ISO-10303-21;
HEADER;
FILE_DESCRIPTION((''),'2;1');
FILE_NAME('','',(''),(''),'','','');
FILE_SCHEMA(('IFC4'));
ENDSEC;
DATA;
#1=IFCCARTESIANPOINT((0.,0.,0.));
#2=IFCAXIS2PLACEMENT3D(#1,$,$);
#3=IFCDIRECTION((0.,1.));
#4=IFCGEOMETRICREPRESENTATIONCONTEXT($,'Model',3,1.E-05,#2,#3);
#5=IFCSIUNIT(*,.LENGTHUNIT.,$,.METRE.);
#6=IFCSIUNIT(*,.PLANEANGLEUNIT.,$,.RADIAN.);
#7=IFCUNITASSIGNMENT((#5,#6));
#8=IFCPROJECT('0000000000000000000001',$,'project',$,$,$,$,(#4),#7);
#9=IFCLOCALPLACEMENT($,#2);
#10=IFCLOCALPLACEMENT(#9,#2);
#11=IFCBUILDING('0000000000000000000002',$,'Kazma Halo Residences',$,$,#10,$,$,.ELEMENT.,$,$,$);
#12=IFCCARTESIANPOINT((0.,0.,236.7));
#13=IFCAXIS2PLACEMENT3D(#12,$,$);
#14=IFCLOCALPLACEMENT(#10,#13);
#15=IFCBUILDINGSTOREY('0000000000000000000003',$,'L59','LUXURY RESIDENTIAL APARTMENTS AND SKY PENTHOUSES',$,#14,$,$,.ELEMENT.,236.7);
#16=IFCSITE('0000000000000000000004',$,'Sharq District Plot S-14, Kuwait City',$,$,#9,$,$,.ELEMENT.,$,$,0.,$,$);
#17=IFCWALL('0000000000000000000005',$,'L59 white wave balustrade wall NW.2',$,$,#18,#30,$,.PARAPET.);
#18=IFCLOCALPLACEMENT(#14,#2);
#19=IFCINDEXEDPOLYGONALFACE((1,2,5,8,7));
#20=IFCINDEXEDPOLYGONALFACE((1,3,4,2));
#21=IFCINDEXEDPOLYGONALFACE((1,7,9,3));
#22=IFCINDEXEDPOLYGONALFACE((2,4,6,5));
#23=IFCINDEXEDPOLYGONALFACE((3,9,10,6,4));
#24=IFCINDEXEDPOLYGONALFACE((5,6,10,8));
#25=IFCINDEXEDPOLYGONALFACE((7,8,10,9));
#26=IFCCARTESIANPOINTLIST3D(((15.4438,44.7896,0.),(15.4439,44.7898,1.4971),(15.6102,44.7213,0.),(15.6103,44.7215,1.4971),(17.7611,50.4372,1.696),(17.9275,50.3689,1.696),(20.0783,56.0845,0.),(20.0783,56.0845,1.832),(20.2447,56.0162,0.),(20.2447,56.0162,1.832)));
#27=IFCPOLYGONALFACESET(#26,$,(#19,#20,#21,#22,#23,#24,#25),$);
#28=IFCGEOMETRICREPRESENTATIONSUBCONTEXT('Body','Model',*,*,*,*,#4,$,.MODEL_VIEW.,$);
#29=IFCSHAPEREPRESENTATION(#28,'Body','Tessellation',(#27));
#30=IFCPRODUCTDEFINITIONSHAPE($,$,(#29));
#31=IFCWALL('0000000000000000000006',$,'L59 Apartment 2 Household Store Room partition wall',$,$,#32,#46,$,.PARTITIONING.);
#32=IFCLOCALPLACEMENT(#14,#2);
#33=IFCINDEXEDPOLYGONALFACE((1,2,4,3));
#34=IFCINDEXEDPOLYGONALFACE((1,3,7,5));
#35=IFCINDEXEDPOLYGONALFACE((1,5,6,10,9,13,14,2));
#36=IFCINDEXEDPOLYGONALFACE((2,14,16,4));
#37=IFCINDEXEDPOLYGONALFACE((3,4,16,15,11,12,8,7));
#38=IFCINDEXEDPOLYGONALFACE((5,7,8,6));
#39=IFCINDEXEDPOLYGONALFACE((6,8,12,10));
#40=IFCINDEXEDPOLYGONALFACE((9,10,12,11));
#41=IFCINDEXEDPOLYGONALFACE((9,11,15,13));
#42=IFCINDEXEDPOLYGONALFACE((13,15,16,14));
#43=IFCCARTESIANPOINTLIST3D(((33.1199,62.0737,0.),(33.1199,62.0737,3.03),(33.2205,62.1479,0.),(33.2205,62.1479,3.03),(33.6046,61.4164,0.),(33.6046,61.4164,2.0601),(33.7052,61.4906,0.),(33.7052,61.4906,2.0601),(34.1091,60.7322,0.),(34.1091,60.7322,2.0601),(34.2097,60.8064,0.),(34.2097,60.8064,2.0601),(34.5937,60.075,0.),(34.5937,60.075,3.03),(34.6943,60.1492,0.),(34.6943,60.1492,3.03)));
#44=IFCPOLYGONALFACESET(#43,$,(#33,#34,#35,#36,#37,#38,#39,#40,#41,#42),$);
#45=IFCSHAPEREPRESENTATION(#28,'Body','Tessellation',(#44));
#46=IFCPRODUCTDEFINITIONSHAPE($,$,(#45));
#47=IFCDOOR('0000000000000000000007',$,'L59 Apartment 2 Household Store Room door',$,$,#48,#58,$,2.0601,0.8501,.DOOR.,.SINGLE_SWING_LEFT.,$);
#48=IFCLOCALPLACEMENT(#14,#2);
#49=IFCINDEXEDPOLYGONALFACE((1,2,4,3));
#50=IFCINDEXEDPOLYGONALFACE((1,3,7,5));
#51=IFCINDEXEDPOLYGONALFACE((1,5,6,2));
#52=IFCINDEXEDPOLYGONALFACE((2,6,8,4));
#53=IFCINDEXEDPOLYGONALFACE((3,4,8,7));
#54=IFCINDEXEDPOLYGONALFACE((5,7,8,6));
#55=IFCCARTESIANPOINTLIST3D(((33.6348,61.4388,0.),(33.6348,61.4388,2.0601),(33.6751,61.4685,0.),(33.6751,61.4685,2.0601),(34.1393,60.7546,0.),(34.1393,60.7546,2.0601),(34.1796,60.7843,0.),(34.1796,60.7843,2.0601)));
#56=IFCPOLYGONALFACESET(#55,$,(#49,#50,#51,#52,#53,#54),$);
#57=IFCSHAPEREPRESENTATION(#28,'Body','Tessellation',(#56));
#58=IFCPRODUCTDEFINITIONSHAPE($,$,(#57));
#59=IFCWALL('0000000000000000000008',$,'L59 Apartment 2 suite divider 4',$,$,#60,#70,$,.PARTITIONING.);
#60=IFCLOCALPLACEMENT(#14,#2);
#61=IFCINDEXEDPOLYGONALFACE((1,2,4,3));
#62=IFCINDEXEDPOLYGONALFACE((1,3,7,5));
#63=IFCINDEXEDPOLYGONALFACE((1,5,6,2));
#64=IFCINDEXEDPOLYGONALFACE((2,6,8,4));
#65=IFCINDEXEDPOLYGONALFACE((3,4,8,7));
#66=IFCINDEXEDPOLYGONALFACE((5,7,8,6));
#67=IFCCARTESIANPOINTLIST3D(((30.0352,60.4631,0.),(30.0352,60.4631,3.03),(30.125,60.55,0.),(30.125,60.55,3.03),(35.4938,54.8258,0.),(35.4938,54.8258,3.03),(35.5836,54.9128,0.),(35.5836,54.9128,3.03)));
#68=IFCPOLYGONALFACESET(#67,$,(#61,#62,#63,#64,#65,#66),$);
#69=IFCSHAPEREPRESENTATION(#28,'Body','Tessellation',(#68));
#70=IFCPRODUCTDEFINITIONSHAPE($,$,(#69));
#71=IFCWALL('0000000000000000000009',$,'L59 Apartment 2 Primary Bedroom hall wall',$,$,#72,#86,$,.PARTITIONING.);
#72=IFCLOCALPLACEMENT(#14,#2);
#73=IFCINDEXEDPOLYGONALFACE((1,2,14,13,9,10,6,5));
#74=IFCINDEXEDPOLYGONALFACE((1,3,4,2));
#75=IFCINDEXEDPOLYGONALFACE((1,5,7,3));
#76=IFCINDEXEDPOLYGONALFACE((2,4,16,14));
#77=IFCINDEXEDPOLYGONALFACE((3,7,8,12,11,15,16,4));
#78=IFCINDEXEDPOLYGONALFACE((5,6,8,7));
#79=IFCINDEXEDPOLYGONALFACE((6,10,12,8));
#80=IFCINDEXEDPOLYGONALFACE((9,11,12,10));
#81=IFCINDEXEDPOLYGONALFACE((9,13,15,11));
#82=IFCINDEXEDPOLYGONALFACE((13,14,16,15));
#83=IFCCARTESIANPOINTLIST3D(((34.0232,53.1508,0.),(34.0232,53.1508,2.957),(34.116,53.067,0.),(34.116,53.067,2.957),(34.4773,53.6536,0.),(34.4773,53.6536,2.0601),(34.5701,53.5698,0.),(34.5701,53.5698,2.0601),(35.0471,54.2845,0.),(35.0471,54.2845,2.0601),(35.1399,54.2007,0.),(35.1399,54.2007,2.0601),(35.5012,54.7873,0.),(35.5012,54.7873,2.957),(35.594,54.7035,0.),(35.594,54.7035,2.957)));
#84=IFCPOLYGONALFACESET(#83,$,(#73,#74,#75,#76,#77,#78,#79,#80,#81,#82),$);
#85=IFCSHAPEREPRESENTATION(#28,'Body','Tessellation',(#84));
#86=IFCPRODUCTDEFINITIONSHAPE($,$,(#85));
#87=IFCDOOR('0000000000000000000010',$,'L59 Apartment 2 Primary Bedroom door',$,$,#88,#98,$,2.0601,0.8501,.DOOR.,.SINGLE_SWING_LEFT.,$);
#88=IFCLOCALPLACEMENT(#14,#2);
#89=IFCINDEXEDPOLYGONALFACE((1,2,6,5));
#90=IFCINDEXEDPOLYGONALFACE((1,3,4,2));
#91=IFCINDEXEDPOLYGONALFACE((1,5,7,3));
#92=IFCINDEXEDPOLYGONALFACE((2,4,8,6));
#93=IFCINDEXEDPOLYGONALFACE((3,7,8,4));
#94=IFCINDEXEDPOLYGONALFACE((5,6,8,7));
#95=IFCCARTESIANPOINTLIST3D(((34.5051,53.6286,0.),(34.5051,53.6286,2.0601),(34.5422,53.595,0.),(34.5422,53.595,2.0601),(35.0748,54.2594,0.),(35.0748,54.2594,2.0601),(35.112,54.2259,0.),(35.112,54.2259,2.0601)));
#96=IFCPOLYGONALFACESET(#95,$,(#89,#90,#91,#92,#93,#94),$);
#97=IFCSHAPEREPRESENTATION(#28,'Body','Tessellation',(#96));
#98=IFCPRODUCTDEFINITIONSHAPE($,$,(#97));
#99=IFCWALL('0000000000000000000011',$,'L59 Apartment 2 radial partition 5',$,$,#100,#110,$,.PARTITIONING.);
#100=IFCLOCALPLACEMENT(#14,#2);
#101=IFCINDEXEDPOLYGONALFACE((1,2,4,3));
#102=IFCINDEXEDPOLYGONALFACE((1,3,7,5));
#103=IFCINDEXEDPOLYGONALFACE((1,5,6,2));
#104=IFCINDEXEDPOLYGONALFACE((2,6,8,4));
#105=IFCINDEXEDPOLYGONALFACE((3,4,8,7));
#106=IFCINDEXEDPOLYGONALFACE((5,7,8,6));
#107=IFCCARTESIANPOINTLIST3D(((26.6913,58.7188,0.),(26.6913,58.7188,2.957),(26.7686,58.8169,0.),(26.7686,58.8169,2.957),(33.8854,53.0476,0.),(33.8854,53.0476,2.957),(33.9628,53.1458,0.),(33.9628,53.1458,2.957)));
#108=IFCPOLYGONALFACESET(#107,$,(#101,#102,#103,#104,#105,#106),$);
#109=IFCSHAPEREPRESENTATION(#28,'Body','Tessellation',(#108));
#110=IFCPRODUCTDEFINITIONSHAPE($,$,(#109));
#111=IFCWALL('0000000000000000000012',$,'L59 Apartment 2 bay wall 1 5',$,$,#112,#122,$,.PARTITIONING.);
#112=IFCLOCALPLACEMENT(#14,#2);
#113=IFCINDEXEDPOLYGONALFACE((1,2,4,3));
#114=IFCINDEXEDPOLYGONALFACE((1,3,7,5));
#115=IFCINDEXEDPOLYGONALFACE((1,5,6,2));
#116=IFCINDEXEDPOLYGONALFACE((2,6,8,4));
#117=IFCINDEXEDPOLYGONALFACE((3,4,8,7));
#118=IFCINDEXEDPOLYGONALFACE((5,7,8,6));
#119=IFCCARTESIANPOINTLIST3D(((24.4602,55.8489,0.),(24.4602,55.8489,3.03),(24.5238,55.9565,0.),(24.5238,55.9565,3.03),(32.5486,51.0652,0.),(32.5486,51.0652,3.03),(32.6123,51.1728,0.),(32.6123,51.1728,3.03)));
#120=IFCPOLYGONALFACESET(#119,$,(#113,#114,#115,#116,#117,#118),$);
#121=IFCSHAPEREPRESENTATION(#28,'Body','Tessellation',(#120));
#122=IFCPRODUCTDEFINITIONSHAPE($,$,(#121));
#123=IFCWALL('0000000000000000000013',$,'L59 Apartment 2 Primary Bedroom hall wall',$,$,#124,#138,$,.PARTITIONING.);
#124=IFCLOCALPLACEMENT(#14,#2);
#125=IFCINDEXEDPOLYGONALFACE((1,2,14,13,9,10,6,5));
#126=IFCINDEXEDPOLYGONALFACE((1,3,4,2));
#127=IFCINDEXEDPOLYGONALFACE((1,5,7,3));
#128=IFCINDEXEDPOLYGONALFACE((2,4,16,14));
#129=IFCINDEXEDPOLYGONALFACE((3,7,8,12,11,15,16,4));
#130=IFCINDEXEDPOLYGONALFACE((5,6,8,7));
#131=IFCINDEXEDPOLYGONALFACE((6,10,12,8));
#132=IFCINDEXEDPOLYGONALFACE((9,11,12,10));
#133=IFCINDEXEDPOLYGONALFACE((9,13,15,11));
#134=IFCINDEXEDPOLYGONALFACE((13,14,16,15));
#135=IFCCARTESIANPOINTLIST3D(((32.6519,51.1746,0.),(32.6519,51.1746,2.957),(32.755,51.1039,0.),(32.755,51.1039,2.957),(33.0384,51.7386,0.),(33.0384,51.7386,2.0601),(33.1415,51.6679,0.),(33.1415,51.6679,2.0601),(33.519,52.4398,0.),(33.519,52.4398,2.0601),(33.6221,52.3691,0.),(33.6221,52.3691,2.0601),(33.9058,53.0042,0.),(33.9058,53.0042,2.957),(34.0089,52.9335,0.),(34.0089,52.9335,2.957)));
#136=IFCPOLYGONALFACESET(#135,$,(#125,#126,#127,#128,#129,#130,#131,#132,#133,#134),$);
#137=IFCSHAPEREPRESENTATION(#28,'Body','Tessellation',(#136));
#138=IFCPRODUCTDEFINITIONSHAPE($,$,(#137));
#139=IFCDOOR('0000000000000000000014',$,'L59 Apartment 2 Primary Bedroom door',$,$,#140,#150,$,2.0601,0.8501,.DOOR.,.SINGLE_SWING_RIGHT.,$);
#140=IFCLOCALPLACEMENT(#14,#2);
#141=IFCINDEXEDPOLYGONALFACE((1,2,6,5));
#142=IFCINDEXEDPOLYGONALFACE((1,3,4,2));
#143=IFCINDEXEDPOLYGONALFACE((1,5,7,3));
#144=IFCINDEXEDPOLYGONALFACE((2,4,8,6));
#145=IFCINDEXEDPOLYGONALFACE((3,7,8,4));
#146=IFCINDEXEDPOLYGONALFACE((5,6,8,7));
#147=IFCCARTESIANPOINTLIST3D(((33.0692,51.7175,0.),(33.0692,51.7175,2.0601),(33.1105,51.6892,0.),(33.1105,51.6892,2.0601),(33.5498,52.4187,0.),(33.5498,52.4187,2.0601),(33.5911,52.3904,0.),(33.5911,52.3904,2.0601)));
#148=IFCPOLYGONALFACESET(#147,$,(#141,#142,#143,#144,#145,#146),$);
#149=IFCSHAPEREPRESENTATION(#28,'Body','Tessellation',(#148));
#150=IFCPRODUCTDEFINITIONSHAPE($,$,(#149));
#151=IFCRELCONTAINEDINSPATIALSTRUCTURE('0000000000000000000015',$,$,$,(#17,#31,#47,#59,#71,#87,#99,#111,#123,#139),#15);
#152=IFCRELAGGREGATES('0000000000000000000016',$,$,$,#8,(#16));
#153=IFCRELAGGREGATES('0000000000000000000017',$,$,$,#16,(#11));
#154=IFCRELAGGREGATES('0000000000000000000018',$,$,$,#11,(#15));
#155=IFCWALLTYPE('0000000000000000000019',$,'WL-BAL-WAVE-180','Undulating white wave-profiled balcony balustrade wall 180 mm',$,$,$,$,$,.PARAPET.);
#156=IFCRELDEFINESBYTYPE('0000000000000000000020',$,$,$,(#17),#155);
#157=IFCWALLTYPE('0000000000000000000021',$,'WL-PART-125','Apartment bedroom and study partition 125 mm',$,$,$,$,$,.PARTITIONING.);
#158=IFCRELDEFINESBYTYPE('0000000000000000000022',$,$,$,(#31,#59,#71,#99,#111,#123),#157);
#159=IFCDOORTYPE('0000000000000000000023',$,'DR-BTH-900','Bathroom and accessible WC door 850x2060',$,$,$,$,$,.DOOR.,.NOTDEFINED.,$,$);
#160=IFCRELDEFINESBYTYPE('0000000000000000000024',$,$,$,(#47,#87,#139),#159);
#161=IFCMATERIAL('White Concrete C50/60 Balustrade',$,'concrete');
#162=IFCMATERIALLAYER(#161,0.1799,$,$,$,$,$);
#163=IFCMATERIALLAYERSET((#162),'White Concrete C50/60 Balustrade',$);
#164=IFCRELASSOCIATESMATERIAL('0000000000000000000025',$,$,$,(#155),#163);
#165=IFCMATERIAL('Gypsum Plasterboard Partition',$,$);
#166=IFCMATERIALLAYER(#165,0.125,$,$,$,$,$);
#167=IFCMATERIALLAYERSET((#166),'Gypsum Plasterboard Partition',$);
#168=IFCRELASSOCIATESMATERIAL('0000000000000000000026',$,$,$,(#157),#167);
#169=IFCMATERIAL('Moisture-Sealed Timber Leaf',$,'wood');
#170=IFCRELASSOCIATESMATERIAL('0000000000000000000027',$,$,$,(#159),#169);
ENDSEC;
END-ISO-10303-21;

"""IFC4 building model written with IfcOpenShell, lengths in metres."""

from ifc_helpers import new_model, si_unit, direction, frame, frame_2d, origin, place, context, subcontext, project, spatial, polyline, rectangle, outline, extrude, material, layer, layer_set, type_object, element, fill, save


model = new_model("IFC4")

# Units and contexts
model_context = context("Model", 3, precision=1e-05, world=origin(), true_north=direction((0.0, 1.0)))
body_context = subcontext(model_context, "Body", "Model", "MODEL_VIEW")
ifc_project = project(units=[si_unit("LENGTHUNIT", "METRE"), si_unit("PLANEANGLEUNIT", "RADIAN")], contexts=[model_context])

# Site, building, storey
site_placement = place(None, origin())
site = spatial("IfcSite", under=ifc_project, at=site_placement, Name="Sharq District Plot S-14, Kuwait City", CompositionType="ELEMENT", RefElevation=0.0)
building_placement = place(site_placement, origin())
building = spatial("IfcBuilding", under=site, at=building_placement, Name="Kazma Halo Residences", CompositionType="ELEMENT")
storey_placement = place(building_placement, frame((0.0, 0.0, 236.7)))
storey = spatial("IfcBuildingStorey", under=building, at=storey_placement, Name="L59", Description="LUXURY RESIDENTIAL APARTMENTS AND SKY PENTHOUSES", CompositionType="ELEMENT", Elevation=236.7)

# Wall
ifc_material_1 = material(Name="White Concrete C50/60 Balustrade", Category="concrete")
ifc_layer_1 = layer(ifc_material_1, 0.1799)
ifc_layer_set_1 = layer_set([ifc_layer_1], Name="White Concrete C50/60 Balustrade")
wall_type_1 = type_object("IfcWallType", Name="WL-BAL-WAVE-180", Description="Undulating white wave-profiled balcony balustrade wall 180 mm", PredefinedType="PARAPET", material=ifc_layer_set_1)
wall_1_placement = place(storey_placement, frame((20.1616, 56.0503, 0.0), z_axis=(0.0, 0.0, 1.0), x_axis=(-0.379606, -0.925148, 0.0)))
element("IfcWall", 1, at=wall_1_placement, inside=storey, type_object=wall_type_1, Name="L59 white wave balustrade wall NW.2", PredefinedType="PARAPET", context=body_context, shape_type="SweptSolid", body=[
    extrude(outline(polyline([(0.0, 0.0), (12.2087, 0.0), (12.2085, 1.4971), (6.1042, 1.696), (0.0, 1.832), (0.0, 0.0)])), frame((0.0, 0.0898, 0.0), z_axis=(0.0, -1.0, 0.0), x_axis=(1.0, 0.0, 0.0)), (0.0, 0.0, 1.0), 0.1799),
])

# Wall, opening, door
ifc_material_2 = material(Name="Gypsum Plasterboard Partition")
ifc_layer_2 = layer(ifc_material_2, 0.125)
ifc_layer_set_2 = layer_set([ifc_layer_2], Name="Gypsum Plasterboard Partition")
wall_type_2 = type_object("IfcWallType", Name="WL-PART-125", Description="Apartment bedroom and study partition 125 mm", PredefinedType="PARTITIONING", material=ifc_layer_set_2)
wall_2_placement = place(storey_placement, frame((34.644, 60.1121, 0.0), z_axis=(0.0, 0.0, 1.0), x_axis=(-0.593484, 0.804846, 0.0)))
wall_2 = element("IfcWall", 2, at=wall_2_placement, inside=storey, type_object=wall_type_2, Name="L59 Apartment 2 Household Store Room partition wall", PredefinedType="PARTITIONING", context=body_context, shape_type="SweptSolid", body=[
    extrude(rectangle(XDim=2.4834, YDim=0.125, at=frame_2d((1.2417, 0.0))), origin(), (0.0, 0.0, 1.0), 3.03),
])
opening_1_placement = place(wall_2_placement, frame((0.8167, 0.0, 0.0)))
opening_1 = element("IfcOpeningElement", 3, at=opening_1_placement, cuts=wall_2, PredefinedType="OPENING", context=body_context, shape_type="SweptSolid", body=[
    extrude(rectangle(XDim=0.8501, YDim=2.0601, at=frame_2d((0.425, 1.03))), frame((0.0, 0.0725, 0.0), z_axis=(0.0, -1.0, 0.0), x_axis=(1.0, 0.0, 0.0)), (0.0, 0.0, 1.0), 0.145),
])
ifc_material_3 = material(Name="Moisture-Sealed Timber Leaf", Category="wood")
door_type_1 = type_object("IfcDoorType", Name="DR-BTH-900", Description="Bathroom and accessible WC door 850x2060", OperationType="NOTDEFINED", PredefinedType="DOOR", material=ifc_material_3)
door_1_placement = place(opening_1_placement, origin())
door_1 = element("IfcDoor", 4, at=door_1_placement, inside=storey, type_object=door_type_1, Name="L59 Apartment 2 Household Store Room door", OperationType="SINGLE_SWING_LEFT", OverallHeight=2.0601, OverallWidth=0.8501, PredefinedType="DOOR", context=body_context, shape_type="SweptSolid", body=[
    extrude(rectangle(XDim=0.8501, YDim=2.0601, at=frame_2d((0.425, 1.03))), frame((0.0, 0.0249, 0.0), z_axis=(0.0, -1.0, 0.0), x_axis=(1.0, 0.0, 0.0)), (0.0, 0.0, 1.0), 0.05),
])
fill(opening_1, door_1)

# Wall
wall_3_placement = place(storey_placement, frame((35.5386, 54.8694, 0.0), z_axis=(0.0, 0.0, 1.0), x_axis=(-0.695628, 0.718402, 0.0)))
element("IfcWall", 5, at=wall_3_placement, inside=storey, type_object=wall_type_2, Name="L59 Apartment 2 suite divider 4", PredefinedType="PARTITIONING", context=body_context, shape_type="SweptSolid", body=[
    extrude(rectangle(XDim=7.8469, YDim=0.125, at=frame_2d((3.9233, 0.0))), origin(), (0.0, 0.0, 1.0), 3.03),
])

# Wall, opening, door
wall_4_placement = place(storey_placement, frame((35.5476, 54.7454, 0.0), z_axis=(0.0, 0.0, 1.0), x_axis=(-0.670267, -0.74212, 0.0)))
wall_4 = element("IfcWall", 6, at=wall_4_placement, inside=storey, type_object=wall_type_2, Name="L59 Apartment 2 Primary Bedroom hall wall", PredefinedType="PARTITIONING", context=body_context, shape_type="SweptSolid", body=[
    extrude(rectangle(XDim=2.2051, YDim=0.125, at=frame_2d((1.1025, 0.0))), origin(), (0.0, 0.0, 1.0), 2.957),
])
opening_2_placement = place(wall_4_placement, frame((0.6775, 0.0, 0.0)))
opening_2 = element("IfcOpeningElement", 7, at=opening_2_placement, cuts=wall_4, PredefinedType="OPENING", context=body_context, shape_type="SweptSolid", body=[
    extrude(rectangle(XDim=0.8501, YDim=2.0601, at=frame_2d((0.425, 1.03))), frame((0.0, 0.0725, 0.0), z_axis=(0.0, -1.0, 0.0), x_axis=(1.0, 0.0, 0.0)), (0.0, 0.0, 1.0), 0.145),
])
door_2_placement = place(opening_2_placement, origin())
door_2 = element("IfcDoor", 8, at=door_2_placement, inside=storey, type_object=door_type_1, Name="L59 Apartment 2 Primary Bedroom door", OperationType="SINGLE_SWING_LEFT", OverallHeight=2.0601, OverallWidth=0.8501, PredefinedType="DOOR", context=body_context, shape_type="SweptSolid", body=[
    extrude(rectangle(XDim=0.8501, YDim=2.0601, at=frame_2d((0.425, 1.03))), frame((0.0, 0.0249, 0.0), z_axis=(0.0, -1.0, 0.0), x_axis=(1.0, 0.0, 0.0)), (0.0, 0.0, 1.0), 0.05),
])
fill(opening_2, door_2)

# Walls
wall_5_placement = place(storey_placement, frame((33.9241, 53.0967, 0.0), z_axis=(0.0, 0.0, 1.0), x_axis=(-0.785329, 0.619079, 0.0)))
element("IfcWall", 9, at=wall_5_placement, inside=storey, type_object=wall_type_2, Name="L59 Apartment 2 radial partition 5", PredefinedType="PARTITIONING", context=body_context, shape_type="SweptSolid", body=[
    extrude(rectangle(XDim=9.1606, YDim=0.125, at=frame_2d((4.5803, 0.0))), origin(), (0.0, 0.0, 1.0), 2.957),
])
wall_6_placement = place(storey_placement, frame((32.5806, 51.1189, 0.0), z_axis=(0.0, 0.0, 1.0), x_axis=(-0.860731, 0.50906, 0.0)))
element("IfcWall", 10, at=wall_6_placement, inside=storey, type_object=wall_type_2, Name="L59 Apartment 2 bay wall 1 5", PredefinedType="PARTITIONING", context=body_context, shape_type="SweptSolid", body=[
    extrude(rectangle(XDim=9.3972, YDim=0.125, at=frame_2d((4.6987, 0.0))), origin(), (0.0, 0.0, 1.0), 3.03),
])

# Wall, opening, door
wall_7_placement = place(storey_placement, frame((33.9573, 52.9688, 0.0), z_axis=(0.0, 0.0, 1.0), x_axis=(-0.565323, -0.82487, 0.0)))
wall_7 = element("IfcWall", 11, at=wall_7_placement, inside=storey, type_object=wall_type_2, Name="L59 Apartment 2 Primary Bedroom hall wall", PredefinedType="PARTITIONING", context=body_context, shape_type="SweptSolid", body=[
    extrude(rectangle(XDim=2.218, YDim=0.125, at=frame_2d((1.1089, 0.0))), origin(), (0.0, 0.0, 1.0), 2.957),
])
opening_3_placement = place(wall_7_placement, frame((0.6841, 0.0, 0.0)))
opening_3 = element("IfcOpeningElement", 12, at=opening_3_placement, cuts=wall_7, PredefinedType="OPENING", context=body_context, shape_type="SweptSolid", body=[
    extrude(rectangle(XDim=0.8501, YDim=2.0601, at=frame_2d((0.425, 1.03))), frame((0.0, 0.0725, 0.0), z_axis=(0.0, -1.0, 0.0), x_axis=(1.0, 0.0, 0.0)), (0.0, 0.0, 1.0), 0.145),
])
door_3_placement = place(opening_3_placement, origin())
door_3 = element("IfcDoor", 13, at=door_3_placement, inside=storey, type_object=door_type_1, Name="L59 Apartment 2 Primary Bedroom door", OperationType="SINGLE_SWING_RIGHT", OverallHeight=2.0601, OverallWidth=0.8501, PredefinedType="DOOR", context=body_context, shape_type="SweptSolid", body=[
    extrude(rectangle(XDim=0.8501, YDim=2.0601, at=frame_2d((0.425, 1.03))), frame((0.0, 0.0249, 0.0), z_axis=(0.0, -1.0, 0.0), x_axis=(1.0, 0.0, 0.0)), (0.0, 0.0, 1.0), 0.05),
])
fill(opening_3, door_3)

save(model, "model.ifc")
